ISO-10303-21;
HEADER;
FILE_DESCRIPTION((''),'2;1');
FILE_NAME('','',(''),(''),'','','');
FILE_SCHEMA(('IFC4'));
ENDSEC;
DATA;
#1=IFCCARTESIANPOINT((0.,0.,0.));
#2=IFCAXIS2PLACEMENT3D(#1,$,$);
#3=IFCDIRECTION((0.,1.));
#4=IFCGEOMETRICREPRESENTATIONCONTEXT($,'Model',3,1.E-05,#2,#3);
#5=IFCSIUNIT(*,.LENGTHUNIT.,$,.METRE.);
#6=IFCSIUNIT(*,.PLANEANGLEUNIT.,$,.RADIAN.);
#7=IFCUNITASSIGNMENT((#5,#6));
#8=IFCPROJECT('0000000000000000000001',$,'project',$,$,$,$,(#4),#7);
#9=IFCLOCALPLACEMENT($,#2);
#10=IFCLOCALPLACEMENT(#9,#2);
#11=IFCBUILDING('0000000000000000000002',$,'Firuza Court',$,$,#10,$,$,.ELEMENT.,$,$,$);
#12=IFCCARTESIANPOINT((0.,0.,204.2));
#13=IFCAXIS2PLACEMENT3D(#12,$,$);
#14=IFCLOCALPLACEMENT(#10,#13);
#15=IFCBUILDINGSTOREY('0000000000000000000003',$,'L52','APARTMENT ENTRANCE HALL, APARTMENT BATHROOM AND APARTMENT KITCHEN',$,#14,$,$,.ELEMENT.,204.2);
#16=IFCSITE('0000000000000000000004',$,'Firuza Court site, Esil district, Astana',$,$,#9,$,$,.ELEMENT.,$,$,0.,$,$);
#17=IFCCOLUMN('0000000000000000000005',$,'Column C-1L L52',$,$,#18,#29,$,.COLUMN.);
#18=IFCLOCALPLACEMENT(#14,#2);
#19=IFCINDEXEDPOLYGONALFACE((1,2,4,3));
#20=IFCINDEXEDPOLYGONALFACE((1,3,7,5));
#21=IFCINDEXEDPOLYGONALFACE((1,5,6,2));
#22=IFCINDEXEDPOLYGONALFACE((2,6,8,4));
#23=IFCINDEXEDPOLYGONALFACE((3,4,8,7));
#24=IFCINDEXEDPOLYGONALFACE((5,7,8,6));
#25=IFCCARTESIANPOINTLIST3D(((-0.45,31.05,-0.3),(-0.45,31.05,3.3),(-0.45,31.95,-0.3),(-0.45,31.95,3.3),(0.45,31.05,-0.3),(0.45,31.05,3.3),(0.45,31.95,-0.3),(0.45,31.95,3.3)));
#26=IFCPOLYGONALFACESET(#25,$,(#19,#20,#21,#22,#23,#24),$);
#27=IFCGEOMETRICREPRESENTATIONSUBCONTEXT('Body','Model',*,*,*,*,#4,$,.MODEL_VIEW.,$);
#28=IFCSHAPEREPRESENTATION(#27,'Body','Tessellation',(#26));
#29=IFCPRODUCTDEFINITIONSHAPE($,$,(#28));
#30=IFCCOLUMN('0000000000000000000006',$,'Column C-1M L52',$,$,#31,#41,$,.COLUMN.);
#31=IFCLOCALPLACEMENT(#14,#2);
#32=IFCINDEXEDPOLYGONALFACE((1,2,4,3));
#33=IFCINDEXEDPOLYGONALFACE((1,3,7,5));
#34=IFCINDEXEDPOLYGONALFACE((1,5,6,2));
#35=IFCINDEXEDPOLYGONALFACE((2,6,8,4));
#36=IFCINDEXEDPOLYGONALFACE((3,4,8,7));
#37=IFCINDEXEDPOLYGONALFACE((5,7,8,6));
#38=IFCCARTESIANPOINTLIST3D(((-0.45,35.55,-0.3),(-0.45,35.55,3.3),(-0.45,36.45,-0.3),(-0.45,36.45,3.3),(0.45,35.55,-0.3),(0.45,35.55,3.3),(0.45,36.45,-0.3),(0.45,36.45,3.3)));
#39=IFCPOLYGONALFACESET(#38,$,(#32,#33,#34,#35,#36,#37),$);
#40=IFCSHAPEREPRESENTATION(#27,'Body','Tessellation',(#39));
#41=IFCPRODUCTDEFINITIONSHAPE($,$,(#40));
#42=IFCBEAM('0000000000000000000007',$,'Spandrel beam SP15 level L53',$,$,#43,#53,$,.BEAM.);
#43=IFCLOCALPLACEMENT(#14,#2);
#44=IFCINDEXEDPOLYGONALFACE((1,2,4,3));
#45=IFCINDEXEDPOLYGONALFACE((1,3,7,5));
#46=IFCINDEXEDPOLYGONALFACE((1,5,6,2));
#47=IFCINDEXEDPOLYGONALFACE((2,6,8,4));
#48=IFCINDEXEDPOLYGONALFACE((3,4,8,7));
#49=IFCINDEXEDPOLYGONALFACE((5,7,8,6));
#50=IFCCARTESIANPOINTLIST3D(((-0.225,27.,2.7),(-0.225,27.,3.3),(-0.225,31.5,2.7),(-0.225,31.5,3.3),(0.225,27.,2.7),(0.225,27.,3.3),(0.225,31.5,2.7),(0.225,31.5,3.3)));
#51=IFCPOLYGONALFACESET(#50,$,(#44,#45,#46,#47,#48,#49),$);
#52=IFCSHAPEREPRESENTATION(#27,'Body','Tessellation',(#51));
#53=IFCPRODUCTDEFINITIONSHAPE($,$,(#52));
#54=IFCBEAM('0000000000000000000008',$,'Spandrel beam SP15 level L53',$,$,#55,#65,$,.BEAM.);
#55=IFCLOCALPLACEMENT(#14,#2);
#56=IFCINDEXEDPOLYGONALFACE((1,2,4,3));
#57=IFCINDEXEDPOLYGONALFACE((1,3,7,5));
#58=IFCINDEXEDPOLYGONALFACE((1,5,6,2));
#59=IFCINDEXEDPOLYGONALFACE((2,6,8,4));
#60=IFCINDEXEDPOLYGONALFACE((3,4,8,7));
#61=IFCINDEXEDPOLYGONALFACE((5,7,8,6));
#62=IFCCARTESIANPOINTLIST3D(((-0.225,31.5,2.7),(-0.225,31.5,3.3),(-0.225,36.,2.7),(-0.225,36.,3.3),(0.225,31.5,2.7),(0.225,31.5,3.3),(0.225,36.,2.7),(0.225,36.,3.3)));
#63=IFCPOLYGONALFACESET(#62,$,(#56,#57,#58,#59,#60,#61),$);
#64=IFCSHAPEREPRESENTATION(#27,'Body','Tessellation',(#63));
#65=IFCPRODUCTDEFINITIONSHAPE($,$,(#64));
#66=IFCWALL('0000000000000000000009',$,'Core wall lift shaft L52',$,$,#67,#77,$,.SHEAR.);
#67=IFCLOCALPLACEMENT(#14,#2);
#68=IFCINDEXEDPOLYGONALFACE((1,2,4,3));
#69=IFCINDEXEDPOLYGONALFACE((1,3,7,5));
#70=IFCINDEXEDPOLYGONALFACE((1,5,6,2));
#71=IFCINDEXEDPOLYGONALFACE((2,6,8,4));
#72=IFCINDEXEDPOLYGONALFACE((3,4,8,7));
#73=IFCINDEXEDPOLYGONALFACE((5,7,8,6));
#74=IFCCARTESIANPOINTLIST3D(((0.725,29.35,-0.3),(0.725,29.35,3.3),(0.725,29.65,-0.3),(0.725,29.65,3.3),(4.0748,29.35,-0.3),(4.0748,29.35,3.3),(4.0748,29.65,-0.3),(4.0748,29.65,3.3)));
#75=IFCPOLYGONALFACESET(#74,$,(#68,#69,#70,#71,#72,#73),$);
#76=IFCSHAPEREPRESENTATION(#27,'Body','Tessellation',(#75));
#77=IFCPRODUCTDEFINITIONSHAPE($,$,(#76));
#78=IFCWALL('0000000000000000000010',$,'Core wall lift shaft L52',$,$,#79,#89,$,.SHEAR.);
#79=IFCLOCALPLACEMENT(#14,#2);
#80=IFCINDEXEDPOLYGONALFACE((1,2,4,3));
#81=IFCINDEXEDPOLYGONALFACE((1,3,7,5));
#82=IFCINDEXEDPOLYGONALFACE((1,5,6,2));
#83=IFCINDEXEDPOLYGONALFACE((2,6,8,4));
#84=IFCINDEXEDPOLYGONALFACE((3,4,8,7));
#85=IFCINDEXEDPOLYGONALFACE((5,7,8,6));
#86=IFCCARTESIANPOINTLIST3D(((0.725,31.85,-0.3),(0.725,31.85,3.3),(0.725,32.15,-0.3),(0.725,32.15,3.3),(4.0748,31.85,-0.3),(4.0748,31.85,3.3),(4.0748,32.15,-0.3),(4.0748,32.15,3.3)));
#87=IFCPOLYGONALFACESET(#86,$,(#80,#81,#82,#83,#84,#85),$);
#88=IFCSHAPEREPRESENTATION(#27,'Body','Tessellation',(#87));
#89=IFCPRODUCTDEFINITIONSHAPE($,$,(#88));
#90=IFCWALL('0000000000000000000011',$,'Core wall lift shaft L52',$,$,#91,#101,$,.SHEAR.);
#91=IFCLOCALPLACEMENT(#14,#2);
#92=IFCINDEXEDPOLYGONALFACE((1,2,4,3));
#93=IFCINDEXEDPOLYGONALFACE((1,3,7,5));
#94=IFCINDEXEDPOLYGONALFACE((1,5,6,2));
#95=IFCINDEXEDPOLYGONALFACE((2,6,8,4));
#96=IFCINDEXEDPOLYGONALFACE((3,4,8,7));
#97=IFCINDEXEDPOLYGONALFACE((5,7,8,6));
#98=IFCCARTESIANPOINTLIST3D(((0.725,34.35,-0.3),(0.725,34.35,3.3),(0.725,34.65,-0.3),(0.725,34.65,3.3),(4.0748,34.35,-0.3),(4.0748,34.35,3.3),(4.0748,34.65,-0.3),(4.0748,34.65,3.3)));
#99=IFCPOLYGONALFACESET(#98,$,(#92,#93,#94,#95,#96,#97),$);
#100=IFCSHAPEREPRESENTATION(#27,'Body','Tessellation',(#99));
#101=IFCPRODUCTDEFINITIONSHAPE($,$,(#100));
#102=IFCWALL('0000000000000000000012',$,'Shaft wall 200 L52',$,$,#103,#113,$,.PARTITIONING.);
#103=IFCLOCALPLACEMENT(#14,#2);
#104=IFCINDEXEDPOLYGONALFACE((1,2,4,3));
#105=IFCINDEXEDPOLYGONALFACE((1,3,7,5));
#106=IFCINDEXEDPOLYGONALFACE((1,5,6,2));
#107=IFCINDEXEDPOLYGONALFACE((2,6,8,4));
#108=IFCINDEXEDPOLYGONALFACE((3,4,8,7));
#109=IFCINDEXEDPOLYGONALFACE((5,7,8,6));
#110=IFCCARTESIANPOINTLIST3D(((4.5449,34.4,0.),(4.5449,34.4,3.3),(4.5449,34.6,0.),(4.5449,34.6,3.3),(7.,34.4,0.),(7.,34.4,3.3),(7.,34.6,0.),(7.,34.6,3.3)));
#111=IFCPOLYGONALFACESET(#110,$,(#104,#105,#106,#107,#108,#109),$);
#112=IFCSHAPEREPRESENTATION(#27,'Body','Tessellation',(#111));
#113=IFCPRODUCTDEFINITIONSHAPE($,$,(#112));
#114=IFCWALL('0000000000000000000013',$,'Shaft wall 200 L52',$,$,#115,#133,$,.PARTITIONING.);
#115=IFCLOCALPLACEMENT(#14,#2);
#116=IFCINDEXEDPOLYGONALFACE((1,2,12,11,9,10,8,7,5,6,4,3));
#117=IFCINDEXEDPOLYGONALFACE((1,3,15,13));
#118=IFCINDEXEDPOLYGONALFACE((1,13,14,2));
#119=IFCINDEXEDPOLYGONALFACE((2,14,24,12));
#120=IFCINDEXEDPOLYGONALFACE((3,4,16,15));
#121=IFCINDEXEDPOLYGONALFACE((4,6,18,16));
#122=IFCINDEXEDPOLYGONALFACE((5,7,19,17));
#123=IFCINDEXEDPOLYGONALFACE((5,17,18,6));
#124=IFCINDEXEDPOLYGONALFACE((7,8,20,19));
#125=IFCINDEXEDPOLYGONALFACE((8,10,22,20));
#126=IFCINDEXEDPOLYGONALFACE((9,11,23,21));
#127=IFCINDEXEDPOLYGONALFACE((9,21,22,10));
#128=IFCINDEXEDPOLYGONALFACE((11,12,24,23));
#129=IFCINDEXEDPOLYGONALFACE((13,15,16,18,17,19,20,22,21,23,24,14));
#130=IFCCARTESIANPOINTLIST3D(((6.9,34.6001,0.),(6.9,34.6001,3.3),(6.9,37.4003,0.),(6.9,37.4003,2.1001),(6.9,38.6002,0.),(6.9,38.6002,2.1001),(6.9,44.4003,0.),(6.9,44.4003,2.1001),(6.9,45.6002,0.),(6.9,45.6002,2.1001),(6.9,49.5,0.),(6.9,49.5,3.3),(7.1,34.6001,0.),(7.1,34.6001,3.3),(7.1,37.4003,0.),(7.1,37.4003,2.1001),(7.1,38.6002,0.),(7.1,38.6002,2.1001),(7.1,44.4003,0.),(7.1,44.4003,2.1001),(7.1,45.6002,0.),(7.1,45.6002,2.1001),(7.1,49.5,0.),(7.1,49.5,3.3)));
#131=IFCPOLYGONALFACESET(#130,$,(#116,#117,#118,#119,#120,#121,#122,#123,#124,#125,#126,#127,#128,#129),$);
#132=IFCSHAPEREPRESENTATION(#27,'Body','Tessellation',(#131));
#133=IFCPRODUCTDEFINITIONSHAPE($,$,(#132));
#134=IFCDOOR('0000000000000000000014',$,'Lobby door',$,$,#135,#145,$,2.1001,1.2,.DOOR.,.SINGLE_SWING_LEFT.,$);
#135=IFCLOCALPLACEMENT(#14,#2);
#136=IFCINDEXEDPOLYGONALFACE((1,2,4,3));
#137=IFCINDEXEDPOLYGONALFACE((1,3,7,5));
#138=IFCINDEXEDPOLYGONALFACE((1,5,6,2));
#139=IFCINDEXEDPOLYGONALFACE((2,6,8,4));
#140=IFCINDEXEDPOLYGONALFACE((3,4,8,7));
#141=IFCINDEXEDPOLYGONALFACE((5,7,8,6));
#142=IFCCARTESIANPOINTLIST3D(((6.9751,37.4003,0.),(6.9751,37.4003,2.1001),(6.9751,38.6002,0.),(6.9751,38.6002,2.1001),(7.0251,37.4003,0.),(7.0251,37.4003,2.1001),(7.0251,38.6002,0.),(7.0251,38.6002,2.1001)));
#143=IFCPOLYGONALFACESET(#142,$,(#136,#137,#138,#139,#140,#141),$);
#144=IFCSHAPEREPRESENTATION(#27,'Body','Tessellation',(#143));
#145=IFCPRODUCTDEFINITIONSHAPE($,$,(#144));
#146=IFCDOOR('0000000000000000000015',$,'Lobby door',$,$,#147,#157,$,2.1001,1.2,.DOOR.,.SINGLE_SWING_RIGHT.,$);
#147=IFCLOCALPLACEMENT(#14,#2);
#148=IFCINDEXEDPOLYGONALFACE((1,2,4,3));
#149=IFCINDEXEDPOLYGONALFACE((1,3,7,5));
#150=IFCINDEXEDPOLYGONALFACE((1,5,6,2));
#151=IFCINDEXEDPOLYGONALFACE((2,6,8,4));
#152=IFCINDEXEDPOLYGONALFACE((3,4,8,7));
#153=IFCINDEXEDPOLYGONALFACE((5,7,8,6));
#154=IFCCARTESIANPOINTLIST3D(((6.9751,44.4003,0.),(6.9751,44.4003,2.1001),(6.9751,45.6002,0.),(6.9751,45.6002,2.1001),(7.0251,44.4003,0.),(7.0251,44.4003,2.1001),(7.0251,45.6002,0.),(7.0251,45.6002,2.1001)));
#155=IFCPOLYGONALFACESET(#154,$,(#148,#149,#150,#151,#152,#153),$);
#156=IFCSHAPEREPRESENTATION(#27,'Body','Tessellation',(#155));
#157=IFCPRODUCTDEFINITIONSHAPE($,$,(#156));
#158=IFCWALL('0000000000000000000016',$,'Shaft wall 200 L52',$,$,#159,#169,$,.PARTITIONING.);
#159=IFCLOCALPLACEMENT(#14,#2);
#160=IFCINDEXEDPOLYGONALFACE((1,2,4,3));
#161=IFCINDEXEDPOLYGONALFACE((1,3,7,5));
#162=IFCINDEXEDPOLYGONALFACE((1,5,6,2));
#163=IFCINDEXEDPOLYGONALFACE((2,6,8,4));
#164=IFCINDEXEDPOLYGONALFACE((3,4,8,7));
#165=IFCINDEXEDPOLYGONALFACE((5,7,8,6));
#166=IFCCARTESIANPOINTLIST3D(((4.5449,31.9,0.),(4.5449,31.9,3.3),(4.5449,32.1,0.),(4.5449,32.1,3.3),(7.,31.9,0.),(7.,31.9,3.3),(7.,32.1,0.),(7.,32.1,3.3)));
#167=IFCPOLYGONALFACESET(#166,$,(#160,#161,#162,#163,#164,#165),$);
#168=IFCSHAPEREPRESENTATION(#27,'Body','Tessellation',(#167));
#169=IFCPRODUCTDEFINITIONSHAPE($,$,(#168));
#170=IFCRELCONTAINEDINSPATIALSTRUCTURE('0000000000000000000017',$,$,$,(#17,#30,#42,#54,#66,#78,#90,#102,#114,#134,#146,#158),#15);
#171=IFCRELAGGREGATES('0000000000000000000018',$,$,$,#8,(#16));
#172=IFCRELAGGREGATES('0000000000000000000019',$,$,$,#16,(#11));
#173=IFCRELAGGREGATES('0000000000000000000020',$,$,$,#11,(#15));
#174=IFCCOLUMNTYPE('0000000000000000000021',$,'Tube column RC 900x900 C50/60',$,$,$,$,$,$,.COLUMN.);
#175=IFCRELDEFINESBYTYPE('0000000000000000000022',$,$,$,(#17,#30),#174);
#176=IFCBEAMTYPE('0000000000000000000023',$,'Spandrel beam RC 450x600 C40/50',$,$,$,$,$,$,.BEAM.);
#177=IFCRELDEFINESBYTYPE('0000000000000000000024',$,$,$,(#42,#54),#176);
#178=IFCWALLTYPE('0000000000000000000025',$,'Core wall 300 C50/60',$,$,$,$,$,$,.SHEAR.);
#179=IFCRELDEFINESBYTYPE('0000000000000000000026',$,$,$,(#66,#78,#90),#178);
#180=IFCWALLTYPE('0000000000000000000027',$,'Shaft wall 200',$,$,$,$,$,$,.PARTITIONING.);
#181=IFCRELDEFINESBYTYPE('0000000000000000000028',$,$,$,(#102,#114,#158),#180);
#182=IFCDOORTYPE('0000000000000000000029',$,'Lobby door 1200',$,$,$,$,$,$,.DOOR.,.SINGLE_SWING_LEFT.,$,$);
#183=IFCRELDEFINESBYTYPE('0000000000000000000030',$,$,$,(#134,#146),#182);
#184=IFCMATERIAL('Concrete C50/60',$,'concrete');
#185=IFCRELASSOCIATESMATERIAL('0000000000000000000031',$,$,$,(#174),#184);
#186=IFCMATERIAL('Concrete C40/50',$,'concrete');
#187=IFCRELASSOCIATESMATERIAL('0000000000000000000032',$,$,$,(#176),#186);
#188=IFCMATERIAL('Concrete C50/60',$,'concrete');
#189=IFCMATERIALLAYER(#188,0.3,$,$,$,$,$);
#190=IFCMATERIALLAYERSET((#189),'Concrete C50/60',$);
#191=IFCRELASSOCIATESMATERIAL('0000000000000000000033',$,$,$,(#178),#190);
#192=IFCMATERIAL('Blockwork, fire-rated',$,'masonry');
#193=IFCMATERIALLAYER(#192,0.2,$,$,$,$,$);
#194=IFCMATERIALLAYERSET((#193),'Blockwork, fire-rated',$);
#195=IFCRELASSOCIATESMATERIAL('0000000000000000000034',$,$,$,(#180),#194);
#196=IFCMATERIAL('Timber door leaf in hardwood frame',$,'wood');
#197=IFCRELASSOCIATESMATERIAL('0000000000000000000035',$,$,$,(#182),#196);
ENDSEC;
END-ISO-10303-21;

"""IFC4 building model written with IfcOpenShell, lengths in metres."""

from ifc_helpers import new_model, si_unit, direction, frame, frame_2d, origin, origin_2d, place, context, subcontext, project, spatial, rectangle, extrude, material, layer, layer_set, material_profile, profile_set, type_object, element, fill, save


model = new_model("IFC4")

# Units and contexts
model_context = context("Model", 3, precision=1e-05, world=origin(), true_north=direction((0.0, 1.0)))
body_context = subcontext(model_context, "Body", "Model", "MODEL_VIEW")
ifc_project = project(units=[si_unit("LENGTHUNIT", "METRE"), si_unit("PLANEANGLEUNIT", "RADIAN")], contexts=[model_context])

# Site, building, storey
site_placement = place(None, origin())
site = spatial("IfcSite", under=ifc_project, at=site_placement, Name="Firuza Court site, Esil district, Astana", CompositionType="ELEMENT", RefElevation=0.0)
building_placement = place(site_placement, origin())
building = spatial("IfcBuilding", under=site, at=building_placement, Name="Firuza Court", CompositionType="ELEMENT")
storey_placement = place(building_placement, frame((0.0, 0.0, 204.2)))
storey = spatial("IfcBuildingStorey", under=building, at=storey_placement, Name="L52", Description="APARTMENT ENTRANCE HALL, APARTMENT BATHROOM AND APARTMENT KITCHEN", CompositionType="ELEMENT", Elevation=204.2)

# Columns
ifc_material_1 = material(Name="Concrete C50/60", Category="concrete")
ifc_material_profile_1 = material_profile(ifc_material_1, rectangle(XDim=0.8999, YDim=0.8999, at=origin_2d()), Name="RC 900x900")
ifc_profile_set_1 = profile_set([ifc_material_profile_1], Name="Concrete C50/60")
column_type = type_object("IfcColumnType", Name="Tube column RC 900x900 C50/60", PredefinedType="COLUMN", material=ifc_profile_set_1)
for number, where, z_axis, x_axis, name in (
    (1, (0.0, 31.5, -0.3), (0.0, 0.0, 1.0), (1.0, 0.0, 0.0), "Column C-1L L52"),
    (2, (0.0, 36.0, -0.3), (0.0, 0.0, 1.0), (1.0, 0.0, 0.0), "Column C-1M L52"),
):
    element("IfcColumn", number, at=place(storey_placement, frame(where, z_axis=z_axis, x_axis=x_axis)), inside=storey, type_object=column_type, Name=name, PredefinedType="COLUMN", context=body_context, shape_type="SweptSolid", body=[
        extrude(rectangle(XDim=0.8999, YDim=0.8999, at=origin_2d()), origin(), (0.0, 0.0, 1.0), 3.6001),
    ])

# Beams
ifc_material_2 = material(Name="Concrete C40/50", Category="concrete")
ifc_material_profile_2 = material_profile(ifc_material_2, rectangle(XDim=0.45, YDim=0.6001, at=origin_2d()), Name="RC 450x600")
ifc_profile_set_2 = profile_set([ifc_material_profile_2], Name="Concrete C40/50")
beam_type = type_object("IfcBeamType", Name="Spandrel beam RC 450x600 C40/50", PredefinedType="BEAM", material=ifc_profile_set_2)
for number, where, z_axis, x_axis, name in (
    (3, (0.0, 31.5, 3.0), (0.0, -1.0, 0.0), (1.0, 0.0, 0.0), "Spandrel beam SP15 level L53"),
    (4, (0.0, 36.0, 3.0), (0.0, -1.0, 0.0), (1.0, 0.0, 0.0), "Spandrel beam SP15 level L53"),
):
    element("IfcBeam", number, at=place(storey_placement, frame(where, z_axis=z_axis, x_axis=x_axis)), inside=storey, type_object=beam_type, Name=name, PredefinedType="BEAM", context=body_context, shape_type="SweptSolid", body=[
        extrude(rectangle(XDim=0.45, YDim=0.6001, at=origin_2d()), origin(), (0.0, 0.0, 1.0), 4.5),
    ])

# Walls
ifc_material_3 = material(Name="Concrete C50/60", Category="concrete")
ifc_layer_1 = layer(ifc_material_3, 0.3)
ifc_layer_set_1 = layer_set([ifc_layer_1], Name="Concrete C50/60")
wall_type_1 = type_object("IfcWallType", Name="Core wall 300 C50/60", PredefinedType="SHEAR", material=ifc_layer_set_1)
for number, where, z_axis, x_axis, name in (
    (5, (0.7251, 29.5, -0.3), (0.0, 0.0, 1.0), (1.0, 0.0, 0.0), "Core wall lift shaft L52"),
    (6, (0.7251, 32.0, -0.3), (0.0, 0.0, 1.0), (1.0, 0.0, 0.0), "Core wall lift shaft L52"),
    (7, (0.7251, 34.5, -0.3), (0.0, 0.0, 1.0), (1.0, 0.0, 0.0), "Core wall lift shaft L52"),
):
    element("IfcWall", number, at=place(storey_placement, frame(where, z_axis=z_axis, x_axis=x_axis)), inside=storey, type_object=wall_type_1, Name=name, PredefinedType="SHEAR", context=body_context, shape_type="SweptSolid", body=[
        extrude(rectangle(XDim=3.3499, YDim=0.3, at=frame_2d((1.6748, 0.0))), origin(), (0.0, 0.0, 1.0), 3.6001),
    ])
ifc_material_4 = material(Name="Blockwork, fire-rated", Category="masonry")
ifc_layer_2 = layer(ifc_material_4, 0.2)
ifc_layer_set_2 = layer_set([ifc_layer_2], Name="Blockwork, fire-rated")
wall_type_2 = type_object("IfcWallType", Name="Shaft wall 200", PredefinedType="PARTITIONING", material=ifc_layer_set_2)
wall_1_placement = place(storey_placement, frame((4.5449, 34.5, 0.0), z_axis=(0.0, 0.0, 1.0), x_axis=(1.0, 0.0, 0.0)))
element("IfcWall", 8, at=wall_1_placement, inside=storey, type_object=wall_type_2, Name="Shaft wall 200 L52", PredefinedType="PARTITIONING", context=body_context, shape_type="SweptSolid", body=[
    extrude(rectangle(XDim=2.4551, YDim=0.2, at=frame_2d((1.2275, 0.0))), origin(), (0.0, 0.0, 1.0), 3.3),
])

# Wall, openings, doors
wall_2_placement = place(storey_placement, frame((7.0, 34.6001, 0.0), z_axis=(0.0, 0.0, 1.0), x_axis=(0.0, 1.0, 0.0)))
wall_2 = element("IfcWall", 9, at=wall_2_placement, inside=storey, type_object=wall_type_2, Name="Shaft wall 200 L52", PredefinedType="PARTITIONING", context=body_context, shape_type="SweptSolid", body=[
    extrude(rectangle(XDim=14.8999, YDim=0.2, at=frame_2d((7.45, 0.0))), origin(), (0.0, 0.0, 1.0), 3.3),
])
opening_1_placement = place(wall_2_placement, frame((2.8, 0.0, 0.0)))
opening_1 = element("IfcOpeningElement", 10, at=opening_1_placement, cuts=wall_2, PredefinedType="OPENING", context=body_context, shape_type="SweptSolid", body=[
    extrude(rectangle(XDim=1.2, YDim=2.1001, at=frame_2d((0.6001, 1.05))), frame((0.0, 0.1118, 0.0), z_axis=(0.0, -1.0, 0.0), x_axis=(1.0, 0.0, 0.0)), (0.0, 0.0, 1.0), 0.2239),
])
opening_2_placement = place(wall_2_placement, frame((9.8, 0.0, 0.0)))
opening_2 = element("IfcOpeningElement", 11, at=opening_2_placement, cuts=wall_2, PredefinedType="OPENING", context=body_context, shape_type="SweptSolid", body=[
    extrude(rectangle(XDim=1.2, YDim=2.1001, at=frame_2d((0.6001, 1.05))), frame((0.0, 0.1118, 0.0), z_axis=(0.0, -1.0, 0.0), x_axis=(1.0, 0.0, 0.0)), (0.0, 0.0, 1.0), 0.2239),
])
ifc_material_5 = material(Name="Timber door leaf in hardwood frame", Category="wood")
door_type = type_object("IfcDoorType", Name="Lobby door 1200", OperationType="SINGLE_SWING_LEFT", PredefinedType="DOOR", material=ifc_material_5)
door_1_placement = place(opening_1_placement, origin())
door_1 = element("IfcDoor", 12, at=door_1_placement, inside=storey, type_object=door_type, Name="Lobby door", OperationType="SINGLE_SWING_LEFT", OverallHeight=2.1001, OverallWidth=1.2, PredefinedType="DOOR", context=body_context, shape_type="SweptSolid", body=[
    extrude(rectangle(XDim=1.2, YDim=2.1001, at=frame_2d((0.6001, 1.05))), frame((0.0, 0.0249, 0.0), z_axis=(0.0, -1.0, 0.0), x_axis=(1.0, 0.0, 0.0)), (0.0, 0.0, 1.0), 0.05),
])
fill(opening_1, door_1)
door_2_placement = place(opening_2_placement, origin())
door_2 = element("IfcDoor", 13, at=door_2_placement, inside=storey, type_object=door_type, Name="Lobby door", OperationType="SINGLE_SWING_RIGHT", OverallHeight=2.1001, OverallWidth=1.2, PredefinedType="DOOR", context=body_context, shape_type="SweptSolid", body=[
    extrude(rectangle(XDim=1.2, YDim=2.1001, at=frame_2d((0.6001, 1.05))), frame((0.0, 0.0249, 0.0), z_axis=(0.0, -1.0, 0.0), x_axis=(1.0, 0.0, 0.0)), (0.0, 0.0, 1.0), 0.05),
])
fill(opening_2, door_2)

# Wall
wall_3_placement = place(storey_placement, frame((4.5449, 32.0, 0.0), z_axis=(0.0, 0.0, 1.0), x_axis=(1.0, 0.0, 0.0)))
element("IfcWall", 14, at=wall_3_placement, inside=storey, type_object=wall_type_2, Name="Shaft wall 200 L52", PredefinedType="PARTITIONING", context=body_context, shape_type="SweptSolid", body=[
    extrude(rectangle(XDim=2.4551, YDim=0.2, at=frame_2d((1.2275, 0.0))), origin(), (0.0, 0.0, 1.0), 3.3),
])

save(model, "model.ifc")
